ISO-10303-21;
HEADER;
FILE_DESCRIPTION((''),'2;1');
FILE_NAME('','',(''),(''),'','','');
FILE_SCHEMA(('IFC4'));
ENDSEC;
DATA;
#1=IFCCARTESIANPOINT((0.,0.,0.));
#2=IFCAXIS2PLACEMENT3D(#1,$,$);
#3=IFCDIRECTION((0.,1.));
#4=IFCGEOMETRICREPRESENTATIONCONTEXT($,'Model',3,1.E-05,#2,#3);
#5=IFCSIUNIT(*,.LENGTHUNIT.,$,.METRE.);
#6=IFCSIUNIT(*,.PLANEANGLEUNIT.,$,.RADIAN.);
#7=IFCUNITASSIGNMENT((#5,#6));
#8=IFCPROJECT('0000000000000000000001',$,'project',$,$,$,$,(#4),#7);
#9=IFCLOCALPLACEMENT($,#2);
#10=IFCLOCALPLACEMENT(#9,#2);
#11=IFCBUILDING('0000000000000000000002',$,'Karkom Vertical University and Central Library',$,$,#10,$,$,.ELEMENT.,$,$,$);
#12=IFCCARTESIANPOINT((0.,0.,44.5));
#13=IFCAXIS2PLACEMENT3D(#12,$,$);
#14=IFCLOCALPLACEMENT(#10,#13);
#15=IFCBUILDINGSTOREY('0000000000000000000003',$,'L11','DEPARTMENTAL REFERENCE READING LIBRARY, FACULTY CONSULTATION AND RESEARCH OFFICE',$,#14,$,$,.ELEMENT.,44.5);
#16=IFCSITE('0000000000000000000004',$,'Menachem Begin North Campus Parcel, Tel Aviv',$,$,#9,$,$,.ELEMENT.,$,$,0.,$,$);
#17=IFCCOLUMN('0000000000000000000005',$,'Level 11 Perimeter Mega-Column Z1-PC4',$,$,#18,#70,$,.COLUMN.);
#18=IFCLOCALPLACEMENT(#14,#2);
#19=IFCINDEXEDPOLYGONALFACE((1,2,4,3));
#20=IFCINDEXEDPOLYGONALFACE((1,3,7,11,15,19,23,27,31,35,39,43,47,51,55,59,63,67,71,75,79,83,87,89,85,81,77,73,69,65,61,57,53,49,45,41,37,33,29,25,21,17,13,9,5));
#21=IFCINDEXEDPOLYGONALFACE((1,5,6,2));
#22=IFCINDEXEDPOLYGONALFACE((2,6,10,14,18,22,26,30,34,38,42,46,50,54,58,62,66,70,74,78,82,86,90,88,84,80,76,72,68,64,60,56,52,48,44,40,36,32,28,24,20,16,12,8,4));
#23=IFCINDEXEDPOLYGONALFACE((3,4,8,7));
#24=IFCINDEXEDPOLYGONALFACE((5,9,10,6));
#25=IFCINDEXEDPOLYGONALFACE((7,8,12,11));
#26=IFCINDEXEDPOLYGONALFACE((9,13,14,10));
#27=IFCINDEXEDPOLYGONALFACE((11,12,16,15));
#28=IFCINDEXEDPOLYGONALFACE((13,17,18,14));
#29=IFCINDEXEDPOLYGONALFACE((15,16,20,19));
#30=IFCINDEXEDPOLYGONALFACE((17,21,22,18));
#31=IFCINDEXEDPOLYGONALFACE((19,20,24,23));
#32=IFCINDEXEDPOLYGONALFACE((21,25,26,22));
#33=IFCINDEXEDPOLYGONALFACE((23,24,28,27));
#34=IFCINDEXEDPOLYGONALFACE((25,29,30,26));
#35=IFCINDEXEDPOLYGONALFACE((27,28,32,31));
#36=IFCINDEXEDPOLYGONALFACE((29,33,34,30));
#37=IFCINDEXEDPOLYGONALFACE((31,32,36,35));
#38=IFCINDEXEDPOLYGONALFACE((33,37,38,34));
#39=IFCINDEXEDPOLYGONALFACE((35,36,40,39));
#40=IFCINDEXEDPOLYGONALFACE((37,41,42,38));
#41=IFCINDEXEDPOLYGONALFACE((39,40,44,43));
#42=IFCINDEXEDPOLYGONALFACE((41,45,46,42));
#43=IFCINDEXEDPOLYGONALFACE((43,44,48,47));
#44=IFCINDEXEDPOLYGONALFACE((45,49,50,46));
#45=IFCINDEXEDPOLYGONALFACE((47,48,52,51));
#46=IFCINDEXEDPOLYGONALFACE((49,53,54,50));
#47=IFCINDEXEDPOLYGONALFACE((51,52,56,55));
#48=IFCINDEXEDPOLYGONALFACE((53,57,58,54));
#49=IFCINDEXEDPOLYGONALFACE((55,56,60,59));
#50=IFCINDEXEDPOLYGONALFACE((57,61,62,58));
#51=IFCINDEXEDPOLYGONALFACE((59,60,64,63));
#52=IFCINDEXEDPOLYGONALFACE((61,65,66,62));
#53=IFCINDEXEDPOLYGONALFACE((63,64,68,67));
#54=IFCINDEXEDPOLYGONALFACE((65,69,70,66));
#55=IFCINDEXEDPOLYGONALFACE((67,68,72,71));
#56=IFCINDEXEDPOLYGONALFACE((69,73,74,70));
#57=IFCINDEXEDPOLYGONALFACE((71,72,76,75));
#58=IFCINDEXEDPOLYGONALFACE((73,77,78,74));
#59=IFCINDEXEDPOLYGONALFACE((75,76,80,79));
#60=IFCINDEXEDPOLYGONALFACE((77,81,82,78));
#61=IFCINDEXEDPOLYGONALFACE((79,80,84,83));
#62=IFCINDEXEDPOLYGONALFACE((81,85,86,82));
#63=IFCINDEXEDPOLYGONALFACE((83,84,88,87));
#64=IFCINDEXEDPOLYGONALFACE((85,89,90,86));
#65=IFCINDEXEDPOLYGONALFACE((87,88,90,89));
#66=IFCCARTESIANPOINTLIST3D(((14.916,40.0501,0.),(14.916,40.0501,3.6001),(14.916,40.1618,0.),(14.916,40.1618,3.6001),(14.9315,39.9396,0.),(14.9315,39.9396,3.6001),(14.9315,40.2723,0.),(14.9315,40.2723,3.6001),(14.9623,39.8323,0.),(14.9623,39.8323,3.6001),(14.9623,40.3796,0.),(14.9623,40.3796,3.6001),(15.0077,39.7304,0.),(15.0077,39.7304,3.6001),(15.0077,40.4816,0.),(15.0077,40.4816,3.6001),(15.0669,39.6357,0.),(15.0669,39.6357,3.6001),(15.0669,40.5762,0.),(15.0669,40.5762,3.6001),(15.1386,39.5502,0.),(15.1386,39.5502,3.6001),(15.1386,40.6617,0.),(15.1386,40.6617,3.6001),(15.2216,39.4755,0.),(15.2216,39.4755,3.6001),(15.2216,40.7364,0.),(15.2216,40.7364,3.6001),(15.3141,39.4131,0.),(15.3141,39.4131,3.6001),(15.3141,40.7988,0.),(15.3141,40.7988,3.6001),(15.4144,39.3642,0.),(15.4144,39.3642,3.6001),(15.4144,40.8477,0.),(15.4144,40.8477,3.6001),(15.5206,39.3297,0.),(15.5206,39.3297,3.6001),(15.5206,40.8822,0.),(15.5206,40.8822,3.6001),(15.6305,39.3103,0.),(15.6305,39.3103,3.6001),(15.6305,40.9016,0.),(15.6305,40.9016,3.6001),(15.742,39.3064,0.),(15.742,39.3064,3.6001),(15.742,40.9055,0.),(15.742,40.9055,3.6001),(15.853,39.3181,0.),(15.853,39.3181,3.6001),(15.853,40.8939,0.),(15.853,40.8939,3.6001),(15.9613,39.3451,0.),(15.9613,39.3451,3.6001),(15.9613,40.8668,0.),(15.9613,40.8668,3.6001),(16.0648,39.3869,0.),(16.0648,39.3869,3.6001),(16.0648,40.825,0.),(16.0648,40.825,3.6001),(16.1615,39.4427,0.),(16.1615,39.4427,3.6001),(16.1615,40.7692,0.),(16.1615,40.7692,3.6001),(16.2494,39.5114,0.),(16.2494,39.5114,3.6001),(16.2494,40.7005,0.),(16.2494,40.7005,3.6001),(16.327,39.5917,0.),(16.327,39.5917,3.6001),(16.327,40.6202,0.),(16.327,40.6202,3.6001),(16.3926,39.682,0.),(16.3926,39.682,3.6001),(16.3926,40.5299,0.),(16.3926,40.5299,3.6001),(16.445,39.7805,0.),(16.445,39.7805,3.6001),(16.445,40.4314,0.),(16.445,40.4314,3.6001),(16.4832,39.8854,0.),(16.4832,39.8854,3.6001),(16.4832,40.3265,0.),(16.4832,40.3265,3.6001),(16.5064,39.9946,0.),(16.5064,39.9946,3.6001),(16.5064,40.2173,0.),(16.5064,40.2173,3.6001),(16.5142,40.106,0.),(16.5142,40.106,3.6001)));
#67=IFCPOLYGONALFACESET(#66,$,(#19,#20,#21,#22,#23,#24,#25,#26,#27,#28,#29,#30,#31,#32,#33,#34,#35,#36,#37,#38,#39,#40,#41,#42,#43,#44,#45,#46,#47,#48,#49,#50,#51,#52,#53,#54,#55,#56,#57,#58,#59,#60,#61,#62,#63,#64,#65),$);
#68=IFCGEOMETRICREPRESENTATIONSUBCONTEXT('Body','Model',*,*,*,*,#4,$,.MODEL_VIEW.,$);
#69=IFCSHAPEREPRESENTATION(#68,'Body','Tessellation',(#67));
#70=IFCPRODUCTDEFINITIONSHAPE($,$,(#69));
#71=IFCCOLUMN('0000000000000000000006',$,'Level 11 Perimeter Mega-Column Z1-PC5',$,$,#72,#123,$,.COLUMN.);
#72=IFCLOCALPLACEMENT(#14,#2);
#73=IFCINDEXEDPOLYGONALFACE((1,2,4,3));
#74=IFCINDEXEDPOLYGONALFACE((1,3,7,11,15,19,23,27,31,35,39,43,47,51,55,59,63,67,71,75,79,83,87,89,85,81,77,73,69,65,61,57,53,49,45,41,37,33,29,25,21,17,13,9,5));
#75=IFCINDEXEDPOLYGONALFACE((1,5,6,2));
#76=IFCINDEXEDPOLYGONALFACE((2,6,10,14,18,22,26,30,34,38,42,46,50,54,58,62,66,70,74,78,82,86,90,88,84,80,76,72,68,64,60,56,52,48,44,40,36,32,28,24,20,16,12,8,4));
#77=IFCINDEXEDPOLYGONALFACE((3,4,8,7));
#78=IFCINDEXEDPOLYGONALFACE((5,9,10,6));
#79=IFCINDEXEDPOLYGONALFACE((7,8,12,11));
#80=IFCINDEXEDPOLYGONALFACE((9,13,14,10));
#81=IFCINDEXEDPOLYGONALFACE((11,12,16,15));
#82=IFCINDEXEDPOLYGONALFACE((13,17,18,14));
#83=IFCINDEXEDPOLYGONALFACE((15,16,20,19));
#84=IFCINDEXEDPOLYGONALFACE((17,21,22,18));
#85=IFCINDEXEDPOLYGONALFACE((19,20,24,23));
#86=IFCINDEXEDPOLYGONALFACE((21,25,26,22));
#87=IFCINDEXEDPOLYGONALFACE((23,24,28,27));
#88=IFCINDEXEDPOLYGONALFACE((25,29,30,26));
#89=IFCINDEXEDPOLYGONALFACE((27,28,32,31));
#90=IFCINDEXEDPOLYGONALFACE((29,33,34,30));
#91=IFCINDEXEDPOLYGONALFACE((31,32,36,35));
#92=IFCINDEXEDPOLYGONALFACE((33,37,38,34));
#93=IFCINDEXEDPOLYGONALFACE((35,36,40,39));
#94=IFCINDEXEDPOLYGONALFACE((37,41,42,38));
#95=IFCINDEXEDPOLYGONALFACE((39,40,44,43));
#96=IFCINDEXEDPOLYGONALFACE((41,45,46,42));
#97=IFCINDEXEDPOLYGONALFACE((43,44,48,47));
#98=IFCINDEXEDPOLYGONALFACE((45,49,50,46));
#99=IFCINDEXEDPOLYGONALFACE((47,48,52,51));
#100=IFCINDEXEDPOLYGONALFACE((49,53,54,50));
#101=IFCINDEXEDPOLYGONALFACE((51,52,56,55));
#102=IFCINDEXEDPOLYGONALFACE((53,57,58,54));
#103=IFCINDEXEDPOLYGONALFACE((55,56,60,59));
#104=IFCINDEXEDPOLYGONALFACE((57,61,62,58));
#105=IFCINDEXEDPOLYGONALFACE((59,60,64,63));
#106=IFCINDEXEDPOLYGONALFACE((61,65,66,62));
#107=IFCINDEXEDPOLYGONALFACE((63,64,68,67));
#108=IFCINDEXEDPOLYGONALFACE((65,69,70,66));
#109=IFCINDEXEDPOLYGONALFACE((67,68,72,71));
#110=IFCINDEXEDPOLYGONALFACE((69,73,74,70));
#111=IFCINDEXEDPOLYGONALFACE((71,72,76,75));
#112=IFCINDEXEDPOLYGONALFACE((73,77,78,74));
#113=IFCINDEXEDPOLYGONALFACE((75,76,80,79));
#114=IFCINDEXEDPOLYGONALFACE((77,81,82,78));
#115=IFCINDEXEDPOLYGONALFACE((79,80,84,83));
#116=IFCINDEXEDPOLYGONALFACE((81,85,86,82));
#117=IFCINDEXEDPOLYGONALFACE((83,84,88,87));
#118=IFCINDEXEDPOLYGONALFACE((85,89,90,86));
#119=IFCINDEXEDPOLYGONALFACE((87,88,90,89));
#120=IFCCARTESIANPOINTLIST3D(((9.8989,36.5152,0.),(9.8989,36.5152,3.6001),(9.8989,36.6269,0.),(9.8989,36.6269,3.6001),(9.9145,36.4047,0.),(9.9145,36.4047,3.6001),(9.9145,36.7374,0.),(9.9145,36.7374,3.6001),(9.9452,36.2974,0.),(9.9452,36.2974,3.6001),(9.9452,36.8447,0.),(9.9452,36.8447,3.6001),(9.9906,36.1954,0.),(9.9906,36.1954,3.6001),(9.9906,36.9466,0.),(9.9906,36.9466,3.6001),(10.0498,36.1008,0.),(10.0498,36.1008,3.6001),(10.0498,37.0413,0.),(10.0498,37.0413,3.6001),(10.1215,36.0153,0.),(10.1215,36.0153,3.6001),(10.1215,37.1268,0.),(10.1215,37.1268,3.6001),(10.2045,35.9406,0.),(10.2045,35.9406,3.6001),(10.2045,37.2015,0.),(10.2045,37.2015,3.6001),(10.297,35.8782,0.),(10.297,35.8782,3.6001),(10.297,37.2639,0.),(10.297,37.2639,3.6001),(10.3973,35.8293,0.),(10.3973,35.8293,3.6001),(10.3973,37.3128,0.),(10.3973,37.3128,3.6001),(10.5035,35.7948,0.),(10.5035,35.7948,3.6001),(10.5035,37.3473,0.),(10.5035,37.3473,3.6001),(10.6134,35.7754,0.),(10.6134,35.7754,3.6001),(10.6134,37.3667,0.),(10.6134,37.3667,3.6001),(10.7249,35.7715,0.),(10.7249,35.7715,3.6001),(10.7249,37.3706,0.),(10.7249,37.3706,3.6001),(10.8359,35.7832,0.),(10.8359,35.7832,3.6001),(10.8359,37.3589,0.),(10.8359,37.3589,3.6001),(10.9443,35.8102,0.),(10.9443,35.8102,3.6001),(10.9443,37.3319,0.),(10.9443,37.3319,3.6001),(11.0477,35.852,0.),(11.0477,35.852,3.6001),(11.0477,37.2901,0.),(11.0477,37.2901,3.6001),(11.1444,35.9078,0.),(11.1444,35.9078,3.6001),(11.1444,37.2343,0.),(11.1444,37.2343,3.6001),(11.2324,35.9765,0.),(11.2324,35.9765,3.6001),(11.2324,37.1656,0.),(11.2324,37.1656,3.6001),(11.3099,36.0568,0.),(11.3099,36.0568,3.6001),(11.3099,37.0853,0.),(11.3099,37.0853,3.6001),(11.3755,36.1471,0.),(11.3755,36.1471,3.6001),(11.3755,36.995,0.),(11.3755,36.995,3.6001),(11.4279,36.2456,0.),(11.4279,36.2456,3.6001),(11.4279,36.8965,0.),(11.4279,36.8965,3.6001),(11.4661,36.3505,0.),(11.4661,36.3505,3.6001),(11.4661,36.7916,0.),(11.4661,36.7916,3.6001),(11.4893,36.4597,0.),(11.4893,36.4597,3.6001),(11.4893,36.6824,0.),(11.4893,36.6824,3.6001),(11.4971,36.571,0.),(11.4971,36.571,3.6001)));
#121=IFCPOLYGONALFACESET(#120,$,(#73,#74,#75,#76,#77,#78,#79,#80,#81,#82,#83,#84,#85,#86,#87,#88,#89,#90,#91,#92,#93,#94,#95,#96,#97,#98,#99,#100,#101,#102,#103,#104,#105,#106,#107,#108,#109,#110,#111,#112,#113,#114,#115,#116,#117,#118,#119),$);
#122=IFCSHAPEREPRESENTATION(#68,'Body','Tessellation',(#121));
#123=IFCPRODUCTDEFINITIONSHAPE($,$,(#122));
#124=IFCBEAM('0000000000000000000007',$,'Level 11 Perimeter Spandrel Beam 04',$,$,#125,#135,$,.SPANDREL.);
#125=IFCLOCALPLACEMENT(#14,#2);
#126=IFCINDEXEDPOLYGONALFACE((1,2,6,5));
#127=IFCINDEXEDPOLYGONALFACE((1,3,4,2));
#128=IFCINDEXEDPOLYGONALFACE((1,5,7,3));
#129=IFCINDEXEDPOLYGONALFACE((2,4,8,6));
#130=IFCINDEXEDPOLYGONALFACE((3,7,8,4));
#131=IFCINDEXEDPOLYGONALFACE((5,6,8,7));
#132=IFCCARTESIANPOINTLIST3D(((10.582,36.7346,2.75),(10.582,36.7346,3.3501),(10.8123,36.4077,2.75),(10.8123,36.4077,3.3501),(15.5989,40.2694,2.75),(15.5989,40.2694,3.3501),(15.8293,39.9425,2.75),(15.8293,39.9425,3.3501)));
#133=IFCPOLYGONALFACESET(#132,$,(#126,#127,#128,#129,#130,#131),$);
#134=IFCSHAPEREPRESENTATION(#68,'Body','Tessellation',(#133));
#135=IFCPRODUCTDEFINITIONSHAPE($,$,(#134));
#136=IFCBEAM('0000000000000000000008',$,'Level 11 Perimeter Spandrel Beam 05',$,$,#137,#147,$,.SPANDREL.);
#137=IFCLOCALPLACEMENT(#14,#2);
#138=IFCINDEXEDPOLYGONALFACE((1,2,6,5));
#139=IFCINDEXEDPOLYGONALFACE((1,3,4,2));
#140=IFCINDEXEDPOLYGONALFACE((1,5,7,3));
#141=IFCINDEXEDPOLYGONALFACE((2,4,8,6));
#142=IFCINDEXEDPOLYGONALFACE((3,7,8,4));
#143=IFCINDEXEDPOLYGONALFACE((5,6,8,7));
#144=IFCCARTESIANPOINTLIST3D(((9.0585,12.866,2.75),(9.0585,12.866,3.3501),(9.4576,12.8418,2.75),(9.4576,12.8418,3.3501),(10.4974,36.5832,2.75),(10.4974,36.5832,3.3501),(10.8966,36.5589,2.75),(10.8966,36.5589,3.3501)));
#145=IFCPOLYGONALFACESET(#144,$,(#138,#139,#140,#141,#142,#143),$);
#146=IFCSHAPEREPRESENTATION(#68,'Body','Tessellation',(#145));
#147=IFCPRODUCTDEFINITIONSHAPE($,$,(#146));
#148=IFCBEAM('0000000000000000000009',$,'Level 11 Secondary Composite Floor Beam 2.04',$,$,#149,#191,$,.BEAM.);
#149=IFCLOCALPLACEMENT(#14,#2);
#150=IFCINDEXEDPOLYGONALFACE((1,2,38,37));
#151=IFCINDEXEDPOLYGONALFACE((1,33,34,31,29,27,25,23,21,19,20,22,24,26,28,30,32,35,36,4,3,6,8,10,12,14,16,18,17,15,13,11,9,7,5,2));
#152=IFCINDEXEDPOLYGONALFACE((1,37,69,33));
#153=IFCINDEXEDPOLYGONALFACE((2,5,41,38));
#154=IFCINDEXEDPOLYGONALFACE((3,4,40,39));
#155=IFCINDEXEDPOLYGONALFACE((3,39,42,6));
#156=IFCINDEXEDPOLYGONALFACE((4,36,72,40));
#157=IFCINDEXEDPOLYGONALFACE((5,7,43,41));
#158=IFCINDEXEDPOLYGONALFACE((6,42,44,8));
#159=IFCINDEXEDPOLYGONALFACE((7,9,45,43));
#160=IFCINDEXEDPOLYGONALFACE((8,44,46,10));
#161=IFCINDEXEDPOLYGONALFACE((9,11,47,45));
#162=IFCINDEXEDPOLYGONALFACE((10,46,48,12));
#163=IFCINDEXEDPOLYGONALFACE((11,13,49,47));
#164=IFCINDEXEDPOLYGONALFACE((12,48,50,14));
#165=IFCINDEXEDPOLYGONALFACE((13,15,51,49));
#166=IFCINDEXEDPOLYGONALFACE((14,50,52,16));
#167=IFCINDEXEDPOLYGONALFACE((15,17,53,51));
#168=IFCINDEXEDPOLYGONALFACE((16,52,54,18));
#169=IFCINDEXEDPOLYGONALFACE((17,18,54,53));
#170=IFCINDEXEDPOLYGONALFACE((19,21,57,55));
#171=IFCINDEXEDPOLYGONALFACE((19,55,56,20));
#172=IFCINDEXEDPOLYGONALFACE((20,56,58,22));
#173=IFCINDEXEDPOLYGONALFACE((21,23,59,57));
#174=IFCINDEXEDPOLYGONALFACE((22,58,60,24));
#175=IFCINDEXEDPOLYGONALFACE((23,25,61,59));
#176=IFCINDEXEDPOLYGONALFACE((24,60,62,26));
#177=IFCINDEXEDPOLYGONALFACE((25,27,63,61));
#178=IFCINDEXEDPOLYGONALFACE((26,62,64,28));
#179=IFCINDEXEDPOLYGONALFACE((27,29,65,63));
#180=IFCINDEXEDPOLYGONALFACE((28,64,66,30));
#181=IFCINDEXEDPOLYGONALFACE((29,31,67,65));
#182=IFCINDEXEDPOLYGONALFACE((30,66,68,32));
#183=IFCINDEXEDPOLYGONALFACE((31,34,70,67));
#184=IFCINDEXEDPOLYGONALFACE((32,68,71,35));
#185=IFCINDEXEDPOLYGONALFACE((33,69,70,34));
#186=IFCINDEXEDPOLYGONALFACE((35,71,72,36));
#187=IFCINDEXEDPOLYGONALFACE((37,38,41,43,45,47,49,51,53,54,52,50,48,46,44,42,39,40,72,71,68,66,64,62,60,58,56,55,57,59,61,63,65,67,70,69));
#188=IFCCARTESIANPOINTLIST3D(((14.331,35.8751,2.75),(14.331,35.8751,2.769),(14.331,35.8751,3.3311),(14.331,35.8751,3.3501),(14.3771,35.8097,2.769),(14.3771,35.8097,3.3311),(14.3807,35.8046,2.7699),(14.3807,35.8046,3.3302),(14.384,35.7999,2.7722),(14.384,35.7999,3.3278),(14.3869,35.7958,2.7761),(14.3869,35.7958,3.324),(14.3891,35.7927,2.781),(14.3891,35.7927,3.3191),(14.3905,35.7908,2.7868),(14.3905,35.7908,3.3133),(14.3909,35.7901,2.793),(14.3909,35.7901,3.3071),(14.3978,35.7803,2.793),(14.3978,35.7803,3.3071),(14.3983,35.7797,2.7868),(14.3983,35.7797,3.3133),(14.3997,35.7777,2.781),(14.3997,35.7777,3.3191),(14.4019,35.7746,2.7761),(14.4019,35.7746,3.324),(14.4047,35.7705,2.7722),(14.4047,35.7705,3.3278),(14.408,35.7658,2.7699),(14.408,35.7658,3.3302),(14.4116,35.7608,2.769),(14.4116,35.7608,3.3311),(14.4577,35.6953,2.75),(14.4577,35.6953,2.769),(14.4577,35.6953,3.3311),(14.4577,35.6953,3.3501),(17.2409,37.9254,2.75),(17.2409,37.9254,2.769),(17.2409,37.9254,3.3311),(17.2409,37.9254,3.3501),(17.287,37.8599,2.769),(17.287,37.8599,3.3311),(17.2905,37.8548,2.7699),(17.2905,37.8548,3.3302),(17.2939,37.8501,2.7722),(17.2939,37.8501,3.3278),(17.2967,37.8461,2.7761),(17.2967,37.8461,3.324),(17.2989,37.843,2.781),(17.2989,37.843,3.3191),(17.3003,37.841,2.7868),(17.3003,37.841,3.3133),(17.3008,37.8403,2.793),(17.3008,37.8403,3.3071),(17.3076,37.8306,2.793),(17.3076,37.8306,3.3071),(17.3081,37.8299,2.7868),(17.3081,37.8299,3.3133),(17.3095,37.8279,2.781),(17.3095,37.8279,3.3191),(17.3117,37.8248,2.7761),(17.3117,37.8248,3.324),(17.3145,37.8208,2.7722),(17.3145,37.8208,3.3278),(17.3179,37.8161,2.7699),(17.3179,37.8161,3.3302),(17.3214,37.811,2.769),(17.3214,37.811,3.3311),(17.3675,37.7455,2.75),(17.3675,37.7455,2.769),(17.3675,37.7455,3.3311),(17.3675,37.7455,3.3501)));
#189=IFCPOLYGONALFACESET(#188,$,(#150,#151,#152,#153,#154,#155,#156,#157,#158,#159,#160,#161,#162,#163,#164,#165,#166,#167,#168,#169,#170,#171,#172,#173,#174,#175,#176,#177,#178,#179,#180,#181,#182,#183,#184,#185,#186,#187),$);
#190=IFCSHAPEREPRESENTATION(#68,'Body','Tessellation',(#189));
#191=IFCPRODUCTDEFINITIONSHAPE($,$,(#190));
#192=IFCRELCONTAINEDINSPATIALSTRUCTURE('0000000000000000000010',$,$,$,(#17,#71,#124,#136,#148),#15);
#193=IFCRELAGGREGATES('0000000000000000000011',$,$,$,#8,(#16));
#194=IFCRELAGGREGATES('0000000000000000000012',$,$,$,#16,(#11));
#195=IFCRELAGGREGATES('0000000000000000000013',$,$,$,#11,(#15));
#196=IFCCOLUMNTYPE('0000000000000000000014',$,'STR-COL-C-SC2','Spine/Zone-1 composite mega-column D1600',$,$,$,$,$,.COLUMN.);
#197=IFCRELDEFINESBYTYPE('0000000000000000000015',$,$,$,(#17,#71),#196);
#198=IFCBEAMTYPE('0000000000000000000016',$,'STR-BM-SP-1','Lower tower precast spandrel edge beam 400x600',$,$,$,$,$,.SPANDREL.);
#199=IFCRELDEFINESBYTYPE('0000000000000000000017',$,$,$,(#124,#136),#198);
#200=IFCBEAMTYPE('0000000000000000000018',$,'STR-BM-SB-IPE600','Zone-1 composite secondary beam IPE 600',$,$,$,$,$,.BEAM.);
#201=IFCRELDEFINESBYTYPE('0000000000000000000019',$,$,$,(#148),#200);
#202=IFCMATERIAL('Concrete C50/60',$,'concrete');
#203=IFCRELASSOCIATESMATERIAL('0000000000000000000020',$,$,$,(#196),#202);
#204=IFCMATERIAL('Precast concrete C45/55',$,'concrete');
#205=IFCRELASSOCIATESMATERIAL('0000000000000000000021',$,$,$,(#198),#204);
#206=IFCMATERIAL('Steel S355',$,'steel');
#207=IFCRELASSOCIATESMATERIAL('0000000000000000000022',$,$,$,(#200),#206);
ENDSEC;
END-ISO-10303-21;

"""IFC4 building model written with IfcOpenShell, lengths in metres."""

from ifc_helpers import new_model, si_unit, direction, frame, origin, origin_with_axes, origin_2d, place, context, subcontext, project, spatial, rectangle, circle, i_section, extrude, source, transform, mapped, material, material_profile, profile_set, type_object, element, save


model = new_model("IFC4")

# Units and contexts
model_context = context("Model", 3, precision=1e-05, world=origin(), true_north=direction((0.0, 1.0)))
body_context = subcontext(model_context, "Body", "Model", "MODEL_VIEW")
ifc_project = project(units=[si_unit("LENGTHUNIT", "METRE"), si_unit("PLANEANGLEUNIT", "RADIAN")], contexts=[model_context])

# Site, building, storey
site_placement = place(None, origin())
site = spatial("IfcSite", under=ifc_project, at=site_placement, Name="Menachem Begin North Campus Parcel, Tel Aviv", CompositionType="ELEMENT", RefElevation=0.0)
building_placement = place(site_placement, origin())
building = spatial("IfcBuilding", under=site, at=building_placement, Name="Karkom Vertical University and Central Library", CompositionType="ELEMENT")
storey_placement = place(building_placement, frame((0.0, 0.0, 44.5)))
storey = spatial("IfcBuildingStorey", under=building, at=storey_placement, Name="L11", Description="DEPARTMENTAL REFERENCE READING LIBRARY, FACULTY CONSULTATION AND RESEARCH OFFICE", CompositionType="ELEMENT", Elevation=44.5)

# Columns
ifc_material_1 = material(Name="Concrete C50/60", Category="concrete")
ifc_material_profile_1 = material_profile(ifc_material_1, circle(Radius=0.8, at=origin_2d()), Name="CFT-D1600")
ifc_profile_set_1 = profile_set([ifc_material_profile_1], Name="Concrete C50/60")
column_type = type_object("IfcColumnType", Name="STR-COL-C-SC2", Description="Spine/Zone-1 composite mega-column D1600", PredefinedType="COLUMN", material=ifc_profile_set_1)
shared_shape_1 = source(origin_with_axes(), body_context, "Body", "SweptSolid", [
    extrude(circle(Radius=0.8, at=origin_2d()), origin(), (0.0, 0.0, 1.0), 3.6001),
])
for number, where, z_axis, x_axis, name in (
    (1, (15.7141, 40.106, 0.0), (0.0, 0.0, 1.0), (1.0, 0.0, 0.0), "Level 11 Perimeter Mega-Column Z1-PC4"),
    (2, (10.697, 36.571, 0.0), (0.0, 0.0, 1.0), (1.0, 0.0, 0.0), "Level 11 Perimeter Mega-Column Z1-PC5"),
):
    element("IfcColumn", number, at=place(storey_placement, frame(where, z_axis=z_axis, x_axis=x_axis)), inside=storey, type_object=column_type, Name=name, PredefinedType="COLUMN", context=body_context, shape_type="MappedRepresentation", body=[
        mapped(shared_shape_1, transform((0.0, 0.0, 0.0), scale=1.0)),
    ])

# Beams
ifc_material_2 = material(Name="Precast concrete C45/55", Category="concrete")
ifc_material_profile_2 = material_profile(ifc_material_2, rectangle(XDim=0.3999, YDim=0.6001, at=origin_2d()), Name="SPB-400x600")
ifc_profile_set_2 = profile_set([ifc_material_profile_2], Name="Precast concrete C45/55")
beam_type_1 = type_object("IfcBeamType", Name="STR-BM-SP-1", Description="Lower tower precast spandrel edge beam 400x600", PredefinedType="SPANDREL", material=ifc_profile_set_2)
shared_shape_2 = source(origin_with_axes(), body_context, "Body", "SweptSolid", [
    extrude(rectangle(XDim=0.3999, YDim=0.6001, at=origin_2d()), origin(), (0.0, 0.0, 1.0), 6.1372),
])
beam_1_placement = place(storey_placement, frame((15.7141, 40.106, 3.05), z_axis=(-0.817471, -0.575969, 0.0), x_axis=(0.575969, -0.817471, 0.0)))
element("IfcBeam", 3, at=beam_1_placement, inside=storey, type_object=beam_type_1, Name="Level 11 Perimeter Spandrel Beam 04", PredefinedType="SPANDREL", context=body_context, shape_type="MappedRepresentation", body=[
    mapped(shared_shape_2, transform((0.0, 0.0, 0.0), scale=1.0)),
])
shared_shape_3 = source(origin_with_axes(), body_context, "Body", "SweptSolid", [
    extrude(rectangle(XDim=0.3999, YDim=0.6001, at=origin_2d()), origin(), (0.0, 0.0, 1.0), 23.7607),
])
beam_2_placement = place(storey_placement, frame((10.697, 36.571, 3.05), z_axis=(-0.060561, -0.998165, 0.0), x_axis=(0.998165, -0.060561, 0.0)))
element("IfcBeam", 4, at=beam_2_placement, inside=storey, type_object=beam_type_1, Name="Level 11 Perimeter Spandrel Beam 05", PredefinedType="SPANDREL", context=body_context, shape_type="MappedRepresentation", body=[
    mapped(shared_shape_3, transform((0.0, 0.0, 0.0), scale=1.0)),
])
ifc_material_3 = material(Name="Steel S355", Category="steel")
ifc_material_profile_3 = material_profile(ifc_material_3, i_section(OverallWidth=0.22, OverallDepth=0.6001, WebThickness=0.012, FlangeThickness=0.019, FilletRadius=0.0239, at=origin_2d()), Name="IPE 600")
ifc_profile_set_3 = profile_set([ifc_material_profile_3], Name="Steel S355")
beam_type_2 = type_object("IfcBeamType", Name="STR-BM-SB-IPE600", Description="Zone-1 composite secondary beam IPE 600", PredefinedType="BEAM", material=ifc_profile_set_3)
shared_shape_4 = source(origin_with_axes(), body_context, "Body", "SweptSolid", [
    extrude(i_section(OverallWidth=0.22, OverallDepth=0.6001, WebThickness=0.012, FlangeThickness=0.019, FilletRadius=0.0239, at=origin_2d()), origin(), (0.0, 0.0, 1.0), 3.5596),
])
beam_3_placement = place(storey_placement, frame((17.3042, 37.8354, 3.05), z_axis=(-0.817466, -0.575977, 0.0), x_axis=(0.575977, -0.817466, 0.0)))
element("IfcBeam", 5, at=beam_3_placement, inside=storey, type_object=beam_type_2, Name="Level 11 Secondary Composite Floor Beam 2.04", PredefinedType="BEAM", context=body_context, shape_type="MappedRepresentation", body=[
    mapped(shared_shape_4, transform((0.0, 0.0, 0.0), scale=1.0)),
])

save(model, "model.ifc")
